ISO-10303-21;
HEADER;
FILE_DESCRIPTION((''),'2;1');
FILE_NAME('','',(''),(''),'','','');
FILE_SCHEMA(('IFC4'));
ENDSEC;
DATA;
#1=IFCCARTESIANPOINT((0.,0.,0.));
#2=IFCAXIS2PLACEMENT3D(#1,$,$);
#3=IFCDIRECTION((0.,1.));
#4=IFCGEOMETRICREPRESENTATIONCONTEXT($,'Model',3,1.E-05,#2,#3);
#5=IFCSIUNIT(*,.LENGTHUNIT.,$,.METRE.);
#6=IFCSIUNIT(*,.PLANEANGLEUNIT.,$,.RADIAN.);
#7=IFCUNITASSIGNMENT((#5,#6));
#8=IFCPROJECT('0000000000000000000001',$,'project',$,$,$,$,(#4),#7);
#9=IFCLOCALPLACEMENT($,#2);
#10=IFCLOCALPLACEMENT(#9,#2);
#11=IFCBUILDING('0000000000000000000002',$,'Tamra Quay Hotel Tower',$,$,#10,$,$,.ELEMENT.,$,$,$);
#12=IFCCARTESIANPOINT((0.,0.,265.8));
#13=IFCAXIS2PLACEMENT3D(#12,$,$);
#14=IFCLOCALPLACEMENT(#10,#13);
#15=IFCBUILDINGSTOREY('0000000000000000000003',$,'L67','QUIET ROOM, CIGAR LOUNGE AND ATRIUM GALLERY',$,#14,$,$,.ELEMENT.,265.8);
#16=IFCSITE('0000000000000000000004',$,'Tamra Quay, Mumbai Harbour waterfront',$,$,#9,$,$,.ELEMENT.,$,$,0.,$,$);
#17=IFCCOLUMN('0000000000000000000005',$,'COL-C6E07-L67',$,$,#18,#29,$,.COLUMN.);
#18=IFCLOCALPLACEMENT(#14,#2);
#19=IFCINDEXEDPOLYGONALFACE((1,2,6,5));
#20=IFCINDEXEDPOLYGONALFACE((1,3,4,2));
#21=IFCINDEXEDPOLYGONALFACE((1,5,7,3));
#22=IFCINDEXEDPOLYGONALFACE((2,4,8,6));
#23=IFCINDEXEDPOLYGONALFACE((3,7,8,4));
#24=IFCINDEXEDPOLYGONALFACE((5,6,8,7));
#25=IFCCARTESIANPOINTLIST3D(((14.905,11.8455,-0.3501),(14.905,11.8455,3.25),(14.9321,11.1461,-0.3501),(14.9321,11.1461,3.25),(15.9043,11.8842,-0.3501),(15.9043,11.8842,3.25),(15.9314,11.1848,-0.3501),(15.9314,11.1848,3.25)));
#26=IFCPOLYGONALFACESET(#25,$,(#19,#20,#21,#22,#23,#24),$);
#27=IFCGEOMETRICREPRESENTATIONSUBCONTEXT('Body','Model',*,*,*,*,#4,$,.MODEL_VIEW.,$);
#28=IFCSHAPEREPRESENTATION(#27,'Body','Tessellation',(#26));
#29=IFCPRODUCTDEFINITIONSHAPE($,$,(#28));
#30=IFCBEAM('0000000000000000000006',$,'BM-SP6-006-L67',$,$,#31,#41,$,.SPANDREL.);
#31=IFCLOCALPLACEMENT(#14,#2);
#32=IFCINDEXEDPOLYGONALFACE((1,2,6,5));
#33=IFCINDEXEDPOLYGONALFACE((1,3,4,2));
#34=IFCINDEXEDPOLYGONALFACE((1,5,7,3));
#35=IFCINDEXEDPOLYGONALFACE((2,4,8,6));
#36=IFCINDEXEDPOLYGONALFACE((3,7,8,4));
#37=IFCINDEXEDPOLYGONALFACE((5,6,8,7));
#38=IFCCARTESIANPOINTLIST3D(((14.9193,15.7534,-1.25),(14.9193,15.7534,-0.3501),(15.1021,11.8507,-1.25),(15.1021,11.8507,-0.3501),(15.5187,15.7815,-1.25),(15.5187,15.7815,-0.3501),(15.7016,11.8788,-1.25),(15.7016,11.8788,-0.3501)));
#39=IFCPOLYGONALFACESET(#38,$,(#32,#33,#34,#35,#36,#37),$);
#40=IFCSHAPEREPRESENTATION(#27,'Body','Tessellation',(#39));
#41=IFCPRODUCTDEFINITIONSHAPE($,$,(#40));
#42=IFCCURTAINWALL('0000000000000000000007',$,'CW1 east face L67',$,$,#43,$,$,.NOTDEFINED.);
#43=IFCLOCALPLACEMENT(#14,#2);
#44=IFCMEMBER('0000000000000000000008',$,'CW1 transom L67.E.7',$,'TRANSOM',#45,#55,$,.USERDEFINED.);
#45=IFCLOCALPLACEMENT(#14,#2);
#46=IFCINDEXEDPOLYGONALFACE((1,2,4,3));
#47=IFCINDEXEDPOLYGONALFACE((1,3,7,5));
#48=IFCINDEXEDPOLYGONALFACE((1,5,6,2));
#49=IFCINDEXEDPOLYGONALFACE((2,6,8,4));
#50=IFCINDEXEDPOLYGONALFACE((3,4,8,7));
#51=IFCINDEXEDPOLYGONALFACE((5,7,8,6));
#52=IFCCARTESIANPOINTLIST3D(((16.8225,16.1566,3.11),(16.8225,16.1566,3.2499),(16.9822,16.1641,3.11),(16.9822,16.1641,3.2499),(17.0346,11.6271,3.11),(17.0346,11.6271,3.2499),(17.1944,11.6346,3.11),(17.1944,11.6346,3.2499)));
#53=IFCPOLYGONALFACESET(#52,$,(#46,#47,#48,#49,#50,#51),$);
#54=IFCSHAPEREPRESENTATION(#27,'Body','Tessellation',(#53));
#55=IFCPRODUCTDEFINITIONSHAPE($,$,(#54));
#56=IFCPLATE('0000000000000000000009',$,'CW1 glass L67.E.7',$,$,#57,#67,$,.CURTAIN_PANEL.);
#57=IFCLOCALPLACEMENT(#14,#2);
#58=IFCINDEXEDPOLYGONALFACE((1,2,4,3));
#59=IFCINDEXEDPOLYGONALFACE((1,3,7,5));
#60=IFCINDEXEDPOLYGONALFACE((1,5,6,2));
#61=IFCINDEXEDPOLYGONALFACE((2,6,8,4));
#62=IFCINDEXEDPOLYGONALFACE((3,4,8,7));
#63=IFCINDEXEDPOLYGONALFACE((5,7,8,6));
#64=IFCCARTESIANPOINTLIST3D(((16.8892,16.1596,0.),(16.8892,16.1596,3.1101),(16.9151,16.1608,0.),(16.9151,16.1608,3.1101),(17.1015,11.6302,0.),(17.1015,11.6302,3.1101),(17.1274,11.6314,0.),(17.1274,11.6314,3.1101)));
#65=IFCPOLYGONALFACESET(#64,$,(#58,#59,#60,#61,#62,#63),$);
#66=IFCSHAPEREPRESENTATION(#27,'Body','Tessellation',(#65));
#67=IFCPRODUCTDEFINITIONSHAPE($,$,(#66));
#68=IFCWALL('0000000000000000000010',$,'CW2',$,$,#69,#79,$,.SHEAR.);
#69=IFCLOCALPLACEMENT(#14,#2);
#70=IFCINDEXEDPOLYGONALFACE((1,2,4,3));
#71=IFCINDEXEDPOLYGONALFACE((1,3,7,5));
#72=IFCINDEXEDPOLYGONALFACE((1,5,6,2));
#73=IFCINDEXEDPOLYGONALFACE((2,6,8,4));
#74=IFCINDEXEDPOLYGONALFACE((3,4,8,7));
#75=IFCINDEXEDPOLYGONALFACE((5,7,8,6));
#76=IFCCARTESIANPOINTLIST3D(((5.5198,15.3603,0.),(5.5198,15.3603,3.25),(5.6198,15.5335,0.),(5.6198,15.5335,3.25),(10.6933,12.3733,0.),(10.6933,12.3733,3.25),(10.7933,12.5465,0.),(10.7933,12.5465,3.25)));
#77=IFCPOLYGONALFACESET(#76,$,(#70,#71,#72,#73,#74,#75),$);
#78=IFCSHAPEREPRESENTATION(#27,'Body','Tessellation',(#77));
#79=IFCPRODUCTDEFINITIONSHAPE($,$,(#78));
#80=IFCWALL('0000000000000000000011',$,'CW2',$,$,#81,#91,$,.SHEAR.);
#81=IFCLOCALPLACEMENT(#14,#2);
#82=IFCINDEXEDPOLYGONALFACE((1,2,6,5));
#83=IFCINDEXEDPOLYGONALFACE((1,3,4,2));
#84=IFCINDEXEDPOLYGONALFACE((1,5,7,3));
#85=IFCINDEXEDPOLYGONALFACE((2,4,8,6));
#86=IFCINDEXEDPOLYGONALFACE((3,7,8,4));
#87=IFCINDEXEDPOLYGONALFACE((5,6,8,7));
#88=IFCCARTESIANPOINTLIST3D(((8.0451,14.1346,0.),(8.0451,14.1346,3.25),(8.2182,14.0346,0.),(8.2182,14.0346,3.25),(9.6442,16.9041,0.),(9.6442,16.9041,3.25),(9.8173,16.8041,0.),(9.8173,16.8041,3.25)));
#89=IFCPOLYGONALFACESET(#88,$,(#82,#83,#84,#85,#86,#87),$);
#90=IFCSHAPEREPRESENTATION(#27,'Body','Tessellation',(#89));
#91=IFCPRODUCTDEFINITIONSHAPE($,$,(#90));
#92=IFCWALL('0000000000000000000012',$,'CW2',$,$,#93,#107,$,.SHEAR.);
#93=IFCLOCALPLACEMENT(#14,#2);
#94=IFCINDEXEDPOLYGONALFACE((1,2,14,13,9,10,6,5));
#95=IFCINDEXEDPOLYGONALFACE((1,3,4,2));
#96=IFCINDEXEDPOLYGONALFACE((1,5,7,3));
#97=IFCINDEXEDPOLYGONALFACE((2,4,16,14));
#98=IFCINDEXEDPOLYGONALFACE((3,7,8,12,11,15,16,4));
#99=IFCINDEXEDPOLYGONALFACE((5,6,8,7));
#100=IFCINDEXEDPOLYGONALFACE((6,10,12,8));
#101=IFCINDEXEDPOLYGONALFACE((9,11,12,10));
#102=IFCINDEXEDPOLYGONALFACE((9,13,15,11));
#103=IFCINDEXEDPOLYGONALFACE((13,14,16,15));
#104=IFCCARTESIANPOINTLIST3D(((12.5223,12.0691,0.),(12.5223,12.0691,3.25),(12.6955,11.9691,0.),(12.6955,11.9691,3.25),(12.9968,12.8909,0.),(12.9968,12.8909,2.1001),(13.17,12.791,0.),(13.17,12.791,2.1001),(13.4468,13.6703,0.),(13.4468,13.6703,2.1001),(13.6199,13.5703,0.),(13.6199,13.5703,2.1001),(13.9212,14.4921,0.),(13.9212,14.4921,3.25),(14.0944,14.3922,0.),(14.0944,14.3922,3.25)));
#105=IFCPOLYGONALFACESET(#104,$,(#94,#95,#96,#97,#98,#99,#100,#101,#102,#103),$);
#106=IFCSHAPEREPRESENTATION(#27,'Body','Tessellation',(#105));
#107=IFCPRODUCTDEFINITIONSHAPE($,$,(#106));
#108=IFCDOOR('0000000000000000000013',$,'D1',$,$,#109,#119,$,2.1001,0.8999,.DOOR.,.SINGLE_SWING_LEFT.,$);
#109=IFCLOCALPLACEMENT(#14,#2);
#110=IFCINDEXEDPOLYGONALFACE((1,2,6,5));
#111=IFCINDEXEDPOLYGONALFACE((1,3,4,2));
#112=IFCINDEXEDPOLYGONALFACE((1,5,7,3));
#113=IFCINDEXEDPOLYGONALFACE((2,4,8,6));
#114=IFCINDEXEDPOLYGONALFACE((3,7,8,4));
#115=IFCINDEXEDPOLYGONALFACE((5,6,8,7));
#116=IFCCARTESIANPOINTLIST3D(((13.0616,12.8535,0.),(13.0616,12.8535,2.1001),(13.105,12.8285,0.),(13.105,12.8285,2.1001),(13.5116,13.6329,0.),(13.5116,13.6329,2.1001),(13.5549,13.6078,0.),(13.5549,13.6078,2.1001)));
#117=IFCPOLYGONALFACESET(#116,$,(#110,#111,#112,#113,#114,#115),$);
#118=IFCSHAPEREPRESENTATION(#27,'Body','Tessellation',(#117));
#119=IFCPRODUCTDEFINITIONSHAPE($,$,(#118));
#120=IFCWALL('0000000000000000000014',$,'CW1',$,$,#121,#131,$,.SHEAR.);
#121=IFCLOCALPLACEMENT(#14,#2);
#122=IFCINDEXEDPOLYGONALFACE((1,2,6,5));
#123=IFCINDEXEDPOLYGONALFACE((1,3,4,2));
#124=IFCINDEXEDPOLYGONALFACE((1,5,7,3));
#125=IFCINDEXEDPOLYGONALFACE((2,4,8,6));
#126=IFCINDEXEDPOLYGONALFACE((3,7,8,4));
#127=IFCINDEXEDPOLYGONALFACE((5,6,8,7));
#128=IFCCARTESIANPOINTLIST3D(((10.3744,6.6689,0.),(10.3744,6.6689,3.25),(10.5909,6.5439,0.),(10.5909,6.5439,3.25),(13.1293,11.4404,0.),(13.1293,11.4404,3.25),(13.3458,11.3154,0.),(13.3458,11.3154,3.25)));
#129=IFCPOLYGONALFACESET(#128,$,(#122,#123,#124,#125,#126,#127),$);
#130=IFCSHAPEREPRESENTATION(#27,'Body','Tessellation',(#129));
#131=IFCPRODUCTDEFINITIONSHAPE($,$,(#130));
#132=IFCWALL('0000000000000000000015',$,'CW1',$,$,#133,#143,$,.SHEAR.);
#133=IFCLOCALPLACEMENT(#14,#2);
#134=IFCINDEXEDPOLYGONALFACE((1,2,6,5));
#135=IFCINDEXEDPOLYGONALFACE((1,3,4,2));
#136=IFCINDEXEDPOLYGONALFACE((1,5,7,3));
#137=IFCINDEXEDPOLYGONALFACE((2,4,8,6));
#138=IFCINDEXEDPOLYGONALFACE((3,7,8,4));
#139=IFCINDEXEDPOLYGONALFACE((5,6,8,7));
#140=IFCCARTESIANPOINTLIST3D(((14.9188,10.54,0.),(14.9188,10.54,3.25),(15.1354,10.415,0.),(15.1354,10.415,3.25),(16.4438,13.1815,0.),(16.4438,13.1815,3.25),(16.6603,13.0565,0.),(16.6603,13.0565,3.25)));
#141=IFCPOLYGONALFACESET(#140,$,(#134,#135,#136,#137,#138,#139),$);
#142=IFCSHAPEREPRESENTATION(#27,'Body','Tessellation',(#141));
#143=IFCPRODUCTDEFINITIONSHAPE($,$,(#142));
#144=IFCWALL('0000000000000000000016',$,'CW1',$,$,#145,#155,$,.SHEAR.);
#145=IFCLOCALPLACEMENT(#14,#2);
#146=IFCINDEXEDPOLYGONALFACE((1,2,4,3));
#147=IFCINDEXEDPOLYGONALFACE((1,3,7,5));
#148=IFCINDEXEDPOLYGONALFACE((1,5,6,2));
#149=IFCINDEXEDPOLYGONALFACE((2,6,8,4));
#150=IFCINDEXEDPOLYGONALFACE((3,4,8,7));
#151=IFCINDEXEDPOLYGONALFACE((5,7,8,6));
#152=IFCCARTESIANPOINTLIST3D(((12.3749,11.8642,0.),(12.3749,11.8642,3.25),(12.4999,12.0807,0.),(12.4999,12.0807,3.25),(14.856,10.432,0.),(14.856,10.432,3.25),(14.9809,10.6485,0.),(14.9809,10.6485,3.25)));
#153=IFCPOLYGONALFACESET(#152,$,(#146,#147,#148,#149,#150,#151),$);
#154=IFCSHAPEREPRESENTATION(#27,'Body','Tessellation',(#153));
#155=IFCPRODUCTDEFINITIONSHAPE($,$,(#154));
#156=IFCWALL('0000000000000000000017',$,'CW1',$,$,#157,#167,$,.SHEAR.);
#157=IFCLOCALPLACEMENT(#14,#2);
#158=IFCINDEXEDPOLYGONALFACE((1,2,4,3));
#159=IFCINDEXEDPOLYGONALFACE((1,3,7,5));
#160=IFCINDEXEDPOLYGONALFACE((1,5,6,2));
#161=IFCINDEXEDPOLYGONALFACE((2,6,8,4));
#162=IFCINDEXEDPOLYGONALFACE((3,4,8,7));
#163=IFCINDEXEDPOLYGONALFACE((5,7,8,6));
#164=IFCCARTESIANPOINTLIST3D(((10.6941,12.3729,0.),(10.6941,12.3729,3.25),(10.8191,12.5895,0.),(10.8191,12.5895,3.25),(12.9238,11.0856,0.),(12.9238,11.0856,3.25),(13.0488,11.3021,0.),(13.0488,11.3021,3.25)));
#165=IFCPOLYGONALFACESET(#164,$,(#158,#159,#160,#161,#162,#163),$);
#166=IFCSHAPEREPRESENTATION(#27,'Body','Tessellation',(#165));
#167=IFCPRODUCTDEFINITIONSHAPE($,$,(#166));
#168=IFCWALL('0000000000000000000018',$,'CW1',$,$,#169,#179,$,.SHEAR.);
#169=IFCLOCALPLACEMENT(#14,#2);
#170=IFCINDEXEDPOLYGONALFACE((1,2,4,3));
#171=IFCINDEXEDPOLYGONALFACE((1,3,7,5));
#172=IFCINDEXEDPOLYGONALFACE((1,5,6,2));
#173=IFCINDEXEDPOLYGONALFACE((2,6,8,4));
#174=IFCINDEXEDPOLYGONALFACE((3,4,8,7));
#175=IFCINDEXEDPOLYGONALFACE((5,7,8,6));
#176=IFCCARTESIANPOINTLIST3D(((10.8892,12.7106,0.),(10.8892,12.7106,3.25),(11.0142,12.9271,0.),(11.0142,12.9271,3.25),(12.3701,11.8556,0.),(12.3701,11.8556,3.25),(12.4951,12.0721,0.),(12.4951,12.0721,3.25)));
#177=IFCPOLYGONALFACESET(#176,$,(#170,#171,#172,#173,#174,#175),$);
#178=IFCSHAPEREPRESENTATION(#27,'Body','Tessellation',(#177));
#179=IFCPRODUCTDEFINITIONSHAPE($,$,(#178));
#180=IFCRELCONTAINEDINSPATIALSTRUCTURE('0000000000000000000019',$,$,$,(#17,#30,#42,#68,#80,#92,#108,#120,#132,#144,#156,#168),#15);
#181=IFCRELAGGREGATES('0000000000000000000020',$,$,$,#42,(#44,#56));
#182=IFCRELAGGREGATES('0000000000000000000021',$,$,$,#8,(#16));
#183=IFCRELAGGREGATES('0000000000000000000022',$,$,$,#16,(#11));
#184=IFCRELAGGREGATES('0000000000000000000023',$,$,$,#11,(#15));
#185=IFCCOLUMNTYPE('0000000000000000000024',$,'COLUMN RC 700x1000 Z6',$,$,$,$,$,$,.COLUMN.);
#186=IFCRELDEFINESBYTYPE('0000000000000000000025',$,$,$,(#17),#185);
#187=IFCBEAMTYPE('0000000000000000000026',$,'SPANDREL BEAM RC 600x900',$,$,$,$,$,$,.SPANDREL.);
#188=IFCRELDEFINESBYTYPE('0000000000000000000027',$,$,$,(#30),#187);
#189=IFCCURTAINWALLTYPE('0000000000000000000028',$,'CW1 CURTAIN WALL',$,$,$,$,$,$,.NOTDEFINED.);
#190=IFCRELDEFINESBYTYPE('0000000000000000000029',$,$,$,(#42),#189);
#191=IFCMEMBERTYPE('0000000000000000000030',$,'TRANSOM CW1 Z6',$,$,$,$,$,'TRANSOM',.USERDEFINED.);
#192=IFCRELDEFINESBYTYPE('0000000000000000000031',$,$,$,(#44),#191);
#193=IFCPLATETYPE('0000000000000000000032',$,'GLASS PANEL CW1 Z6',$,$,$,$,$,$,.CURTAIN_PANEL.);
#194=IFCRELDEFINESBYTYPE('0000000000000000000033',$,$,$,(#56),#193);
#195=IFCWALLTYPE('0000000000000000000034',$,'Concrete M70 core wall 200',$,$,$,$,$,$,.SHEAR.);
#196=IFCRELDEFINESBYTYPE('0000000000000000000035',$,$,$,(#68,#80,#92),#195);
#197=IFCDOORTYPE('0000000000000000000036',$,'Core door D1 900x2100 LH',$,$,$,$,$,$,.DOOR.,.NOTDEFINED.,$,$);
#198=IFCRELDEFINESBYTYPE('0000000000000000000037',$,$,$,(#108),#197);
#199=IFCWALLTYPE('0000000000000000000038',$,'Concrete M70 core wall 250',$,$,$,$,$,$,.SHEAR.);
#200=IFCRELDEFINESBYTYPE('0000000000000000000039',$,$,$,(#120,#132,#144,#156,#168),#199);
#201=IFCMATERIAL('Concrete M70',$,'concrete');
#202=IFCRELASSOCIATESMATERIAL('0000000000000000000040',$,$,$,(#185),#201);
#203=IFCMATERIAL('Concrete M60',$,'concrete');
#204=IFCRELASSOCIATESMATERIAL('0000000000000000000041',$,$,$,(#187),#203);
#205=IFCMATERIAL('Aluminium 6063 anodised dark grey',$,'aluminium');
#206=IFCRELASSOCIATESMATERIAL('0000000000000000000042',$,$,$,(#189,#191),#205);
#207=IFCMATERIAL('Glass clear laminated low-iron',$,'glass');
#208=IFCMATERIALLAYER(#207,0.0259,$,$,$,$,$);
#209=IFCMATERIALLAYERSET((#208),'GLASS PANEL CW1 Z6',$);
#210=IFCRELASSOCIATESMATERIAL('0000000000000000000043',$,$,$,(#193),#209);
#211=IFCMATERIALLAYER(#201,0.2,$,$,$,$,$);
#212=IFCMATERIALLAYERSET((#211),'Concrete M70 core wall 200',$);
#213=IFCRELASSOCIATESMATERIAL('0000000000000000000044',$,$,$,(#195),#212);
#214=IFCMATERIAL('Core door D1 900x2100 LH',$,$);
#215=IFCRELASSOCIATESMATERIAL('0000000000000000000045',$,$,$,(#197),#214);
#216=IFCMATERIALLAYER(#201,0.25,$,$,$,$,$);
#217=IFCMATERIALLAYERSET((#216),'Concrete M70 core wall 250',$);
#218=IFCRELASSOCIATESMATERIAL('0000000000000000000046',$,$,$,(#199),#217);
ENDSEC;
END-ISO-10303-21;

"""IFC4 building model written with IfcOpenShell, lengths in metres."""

from ifc_helpers import new_model, si_unit, direction, frame, frame_2d, origin, origin_2d, place, context, subcontext, project, spatial, rectangle, extrude, material, layer, layer_set, material_profile, profile_set, type_object, element, fill, aggregate, save


model = new_model("IFC4")

# Units and contexts
model_context = context("Model", 3, precision=1e-05, world=origin(), true_north=direction((0.0, 1.0)))
body_context = subcontext(model_context, "Body", "Model", "MODEL_VIEW")
ifc_project = project(units=[si_unit("LENGTHUNIT", "METRE"), si_unit("PLANEANGLEUNIT", "RADIAN")], contexts=[model_context])

# Site, building, storey
site_placement = place(None, origin())
site = spatial("IfcSite", under=ifc_project, at=site_placement, Name="Tamra Quay, Mumbai Harbour waterfront", CompositionType="ELEMENT", RefElevation=0.0)
building_placement = place(site_placement, origin())
building = spatial("IfcBuilding", under=site, at=building_placement, Name="Tamra Quay Hotel Tower", CompositionType="ELEMENT")
storey_placement = place(building_placement, frame((0.0, 0.0, 265.8)))
storey = spatial("IfcBuildingStorey", under=building, at=storey_placement, Name="L67", Description="QUIET ROOM, CIGAR LOUNGE AND ATRIUM GALLERY", CompositionType="ELEMENT", Elevation=265.8)

# Column
ifc_material_1 = material(Name="Concrete M70", Category="concrete")
ifc_material_profile_1 = material_profile(ifc_material_1, rectangle(XDim=1.0, YDim=0.7, at=origin_2d()), Name="COLUMN RC 700x1000 Z6")
ifc_profile_set_1 = profile_set([ifc_material_profile_1], Name="Concrete M70")
column_type = type_object("IfcColumnType", Name="COLUMN RC 700x1000 Z6", PredefinedType="COLUMN", material=ifc_profile_set_1)
column_placement = place(storey_placement, frame((15.4182, 11.5151, -0.3501), z_axis=(0.0, 0.0, 1.0), x_axis=(0.999251, 0.038691, 0.0)))
element("IfcColumn", 1, at=column_placement, inside=storey, type_object=column_type, Name="COL-C6E07-L67", PredefinedType="COLUMN", context=body_context, shape_type="SweptSolid", body=[
    extrude(rectangle(XDim=1.0, YDim=0.7, at=origin_2d()), origin(), (0.0, 0.0, 1.0), 3.6001),
])

# Beam
ifc_material_2 = material(Name="Concrete M60", Category="concrete")
ifc_material_profile_2 = material_profile(ifc_material_2, rectangle(XDim=0.6001, YDim=0.8999, at=origin_2d()), Name="SPANDREL BEAM RC 600x900")
ifc_profile_set_2 = profile_set([ifc_material_profile_2], Name="Concrete M60")
beam_type = type_object("IfcBeamType", Name="SPANDREL BEAM RC 600x900", PredefinedType="SPANDREL", material=ifc_profile_set_2)
beam_placement = place(storey_placement, frame((15.4019, 11.8647, -0.8), z_axis=(-0.046805, 0.998904, 0.0), x_axis=(-0.998904, -0.046805, 0.0)))
element("IfcBeam", 2, at=beam_placement, inside=storey, type_object=beam_type, Name="BM-SP6-006-L67", PredefinedType="SPANDREL", context=body_context, shape_type="SweptSolid", body=[
    extrude(rectangle(XDim=0.6001, YDim=0.8999, at=origin_2d()), origin(), (0.0, 0.0, 1.0), 3.907),
])

# Curtain wall, member, plate
ifc_material_3 = material(Name="Aluminium 6063 anodised dark grey", Category="aluminium")
curtain_wall_type = type_object("IfcCurtainWallType", Name="CW1 CURTAIN WALL", PredefinedType="NOTDEFINED", material=ifc_material_3)
curtain_wall_placement = place(storey_placement, origin())
curtain_wall = element("IfcCurtainWall", 3, at=curtain_wall_placement, inside=storey, type_object=curtain_wall_type, Name="CW1 east face L67", PredefinedType="NOTDEFINED")
ifc_material_profile_3 = material_profile(ifc_material_3, rectangle(XDim=0.1599, YDim=0.1399, at=origin_2d()), Name="TRANSOM 160X140")
ifc_profile_set_3 = profile_set([ifc_material_profile_3], Name="Aluminium 6063 anodised dark grey")
member_type = type_object("IfcMemberType", Name="TRANSOM CW1 Z6", ElementType="TRANSOM", PredefinedType="USERDEFINED", material=ifc_profile_set_3)
member_placement = place(storey_placement, frame((17.1145, 11.6309, 3.1799), z_axis=(-0.046787, 0.998905, 0.0), x_axis=(-0.998905, -0.046787, 0.0)))
member = element("IfcMember", 4, at=member_placement, type_object=member_type, Name="CW1 transom L67.E.7", ObjectType="TRANSOM", PredefinedType="USERDEFINED", context=body_context, shape_type="SweptSolid", body=[
    extrude(rectangle(XDim=0.1599, YDim=0.1399, at=origin_2d()), origin(), (0.0, 0.0, 1.0), 4.5344),
])
ifc_material_4 = material(Name="Glass clear laminated low-iron", Category="glass")
ifc_layer_1 = layer(ifc_material_4, 0.0259)
ifc_layer_set_1 = layer_set([ifc_layer_1], Name="GLASS PANEL CW1 Z6")
plate_type = type_object("IfcPlateType", Name="GLASS PANEL CW1 Z6", PredefinedType="CURTAIN_PANEL", material=ifc_layer_set_1)
plate_placement = place(storey_placement, frame((17.0083, 13.8955, 0.0), z_axis=(0.0, 0.0, 1.0), x_axis=(-0.046821, 0.998903, 0.0)))
plate = element("IfcPlate", 5, at=plate_placement, type_object=plate_type, Name="CW1 glass L67.E.7", PredefinedType="CURTAIN_PANEL", context=body_context, shape_type="SweptSolid", body=[
    extrude(rectangle(XDim=4.5344, YDim=0.0259, at=origin_2d()), origin(), (0.0, 0.0, 1.0), 3.1101),
])
aggregate(curtain_wall, [member, plate])

# Walls
ifc_layer_2 = layer(ifc_material_1, 0.2)
ifc_layer_set_2 = layer_set([ifc_layer_2], Name="Concrete M70 core wall 200")
wall_type_1 = type_object("IfcWallType", Name="Concrete M70 core wall 200", PredefinedType="SHEAR", material=ifc_layer_set_2)
wall_1_placement = place(storey_placement, frame((10.7432, 12.46, 0.0), z_axis=(0.0, 0.0, 1.0), x_axis=(-0.866019, 0.500011, 0.0)))
element("IfcWall", 6, at=wall_1_placement, inside=storey, type_object=wall_type_1, Name="CW2", PredefinedType="SHEAR", context=body_context, shape_type="SweptSolid", body=[
    extrude(rectangle(XDim=5.9739, YDim=0.2, at=frame_2d((2.9868, 0.0))), origin(), (0.0, 0.0, 1.0), 3.25),
])
wall_2_placement = place(storey_placement, frame((8.1316, 14.0845, 0.0), z_axis=(0.0, 0.0, 1.0), x_axis=(0.500031, 0.866008, 0.0)))
element("IfcWall", 7, at=wall_2_placement, inside=storey, type_object=wall_type_1, Name="CW2", PredefinedType="SHEAR", context=body_context, shape_type="SweptSolid", body=[
    extrude(rectangle(XDim=3.198, YDim=0.2, at=frame_2d((1.5991, 0.0))), origin(), (0.0, 0.0, 1.0), 3.25),
])

# Wall, opening, door
wall_3_placement = place(storey_placement, frame((14.0078, 14.4421, 0.0), z_axis=(0.0, 0.0, 1.0), x_axis=(-0.499987, -0.866033, 0.0)))
wall_3 = element("IfcWall", 8, at=wall_3_placement, inside=storey, type_object=wall_type_1, Name="CW2", PredefinedType="SHEAR", context=body_context, shape_type="SweptSolid", body=[
    extrude(rectangle(XDim=2.7979, YDim=0.2, at=frame_2d((1.3989, 0.0))), origin(), (0.0, 0.0, 1.0), 3.25),
])
opening_placement = place(wall_3_placement, frame((0.949, 0.0, 0.0)))
opening = element("IfcOpeningElement", 9, at=opening_placement, cuts=wall_3, PredefinedType="OPENING", context=body_context, shape_type="SweptSolid", body=[
    extrude(rectangle(XDim=0.8999, YDim=2.1001, at=frame_2d((0.45, 1.05))), frame((0.0, 0.1099, 0.0), z_axis=(0.0, -1.0, 0.0), x_axis=(1.0, 0.0, 0.0)), (0.0, 0.0, 1.0), 0.22),
])
ifc_material_5 = material(Name="Core door D1 900x2100 LH")
door_type = type_object("IfcDoorType", Name="Core door D1 900x2100 LH", OperationType="NOTDEFINED", PredefinedType="DOOR", material=ifc_material_5)
door_placement = place(opening_placement, origin())
door = element("IfcDoor", 10, at=door_placement, inside=storey, type_object=door_type, Name="D1", OperationType="SINGLE_SWING_LEFT", OverallHeight=2.1001, OverallWidth=0.8999, PredefinedType="DOOR", context=body_context, shape_type="SweptSolid", body=[
    extrude(rectangle(XDim=0.8999, YDim=2.1001, at=frame_2d((0.45, 1.05))), frame((0.0, 0.0249, 0.0), z_axis=(0.0, -1.0, 0.0), x_axis=(1.0, 0.0, 0.0)), (0.0, 0.0, 1.0), 0.05),
])
fill(opening, door)

# Walls
ifc_layer_3 = layer(ifc_material_1, 0.25)
ifc_layer_set_3 = layer_set([ifc_layer_3], Name="Concrete M70 core wall 250")
wall_type_2 = type_object("IfcWallType", Name="Concrete M70 core wall 250", PredefinedType="SHEAR", material=ifc_layer_set_3)
wall_4_placement = place(storey_placement, frame((13.2375, 11.3779, 0.0), z_axis=(0.0, 0.0, 1.0), x_axis=(-0.500009, -0.86602, 0.0)))
element("IfcWall", 11, at=wall_4_placement, inside=storey, type_object=wall_type_2, Name="CW1", PredefinedType="SHEAR", context=body_context, shape_type="SweptSolid", body=[
    extrude(rectangle(XDim=5.5098, YDim=0.25, at=frame_2d((2.7549, 0.0))), origin(), (0.0, 0.0, 1.0), 3.25),
])
wall_5_placement = place(storey_placement, frame((16.552, 13.1189, 0.0), z_axis=(0.0, 0.0, 1.0), x_axis=(-0.499979, -0.866038, 0.0)))
element("IfcWall", 12, at=wall_5_placement, inside=storey, type_object=wall_type_2, Name="CW1", PredefinedType="SHEAR", context=body_context, shape_type="SweptSolid", body=[
    extrude(rectangle(XDim=3.05, YDim=0.25, at=frame_2d((1.5249, 0.0))), origin(), (0.0, 0.0, 1.0), 3.25),
])
wall_6_placement = place(storey_placement, frame((14.9185, 10.5403, 0.0), z_axis=(0.0, 0.0, 1.0), x_axis=(-0.866064, 0.499934, 0.0)))
element("IfcWall", 13, at=wall_6_placement, inside=storey, type_object=wall_type_2, Name="CW1", PredefinedType="SHEAR", context=body_context, shape_type="SweptSolid", body=[
    extrude(rectangle(XDim=2.8647, YDim=0.25, at=frame_2d((1.4324, 0.0))), origin(), (0.0, 0.0, 1.0), 3.25),
])
wall_7_placement = place(storey_placement, frame((10.7566, 12.4812, 0.0), z_axis=(0.0, 0.0, 1.0), x_axis=(0.866023, -0.500004, 0.0)))
element("IfcWall", 14, at=wall_7_placement, inside=storey, type_object=wall_type_2, Name="CW1", PredefinedType="SHEAR", context=body_context, shape_type="SweptSolid", body=[
    extrude(rectangle(XDim=2.5747, YDim=0.25, at=frame_2d((1.2874, 0.0))), origin(), (0.0, 0.0, 1.0), 3.25),
])
wall_8_placement = place(storey_placement, frame((12.4326, 11.9639, 0.0), z_axis=(0.0, 0.0, 1.0), x_axis=(-0.866038, 0.499978, 0.0)))
element("IfcWall", 15, at=wall_8_placement, inside=storey, type_object=wall_type_2, Name="CW1", PredefinedType="SHEAR", context=body_context, shape_type="SweptSolid", body=[
    extrude(rectangle(XDim=1.71, YDim=0.25, at=frame_2d((0.855, 0.0))), origin(), (0.0, 0.0, 1.0), 3.25),
])

save(model, "model.ifc")
